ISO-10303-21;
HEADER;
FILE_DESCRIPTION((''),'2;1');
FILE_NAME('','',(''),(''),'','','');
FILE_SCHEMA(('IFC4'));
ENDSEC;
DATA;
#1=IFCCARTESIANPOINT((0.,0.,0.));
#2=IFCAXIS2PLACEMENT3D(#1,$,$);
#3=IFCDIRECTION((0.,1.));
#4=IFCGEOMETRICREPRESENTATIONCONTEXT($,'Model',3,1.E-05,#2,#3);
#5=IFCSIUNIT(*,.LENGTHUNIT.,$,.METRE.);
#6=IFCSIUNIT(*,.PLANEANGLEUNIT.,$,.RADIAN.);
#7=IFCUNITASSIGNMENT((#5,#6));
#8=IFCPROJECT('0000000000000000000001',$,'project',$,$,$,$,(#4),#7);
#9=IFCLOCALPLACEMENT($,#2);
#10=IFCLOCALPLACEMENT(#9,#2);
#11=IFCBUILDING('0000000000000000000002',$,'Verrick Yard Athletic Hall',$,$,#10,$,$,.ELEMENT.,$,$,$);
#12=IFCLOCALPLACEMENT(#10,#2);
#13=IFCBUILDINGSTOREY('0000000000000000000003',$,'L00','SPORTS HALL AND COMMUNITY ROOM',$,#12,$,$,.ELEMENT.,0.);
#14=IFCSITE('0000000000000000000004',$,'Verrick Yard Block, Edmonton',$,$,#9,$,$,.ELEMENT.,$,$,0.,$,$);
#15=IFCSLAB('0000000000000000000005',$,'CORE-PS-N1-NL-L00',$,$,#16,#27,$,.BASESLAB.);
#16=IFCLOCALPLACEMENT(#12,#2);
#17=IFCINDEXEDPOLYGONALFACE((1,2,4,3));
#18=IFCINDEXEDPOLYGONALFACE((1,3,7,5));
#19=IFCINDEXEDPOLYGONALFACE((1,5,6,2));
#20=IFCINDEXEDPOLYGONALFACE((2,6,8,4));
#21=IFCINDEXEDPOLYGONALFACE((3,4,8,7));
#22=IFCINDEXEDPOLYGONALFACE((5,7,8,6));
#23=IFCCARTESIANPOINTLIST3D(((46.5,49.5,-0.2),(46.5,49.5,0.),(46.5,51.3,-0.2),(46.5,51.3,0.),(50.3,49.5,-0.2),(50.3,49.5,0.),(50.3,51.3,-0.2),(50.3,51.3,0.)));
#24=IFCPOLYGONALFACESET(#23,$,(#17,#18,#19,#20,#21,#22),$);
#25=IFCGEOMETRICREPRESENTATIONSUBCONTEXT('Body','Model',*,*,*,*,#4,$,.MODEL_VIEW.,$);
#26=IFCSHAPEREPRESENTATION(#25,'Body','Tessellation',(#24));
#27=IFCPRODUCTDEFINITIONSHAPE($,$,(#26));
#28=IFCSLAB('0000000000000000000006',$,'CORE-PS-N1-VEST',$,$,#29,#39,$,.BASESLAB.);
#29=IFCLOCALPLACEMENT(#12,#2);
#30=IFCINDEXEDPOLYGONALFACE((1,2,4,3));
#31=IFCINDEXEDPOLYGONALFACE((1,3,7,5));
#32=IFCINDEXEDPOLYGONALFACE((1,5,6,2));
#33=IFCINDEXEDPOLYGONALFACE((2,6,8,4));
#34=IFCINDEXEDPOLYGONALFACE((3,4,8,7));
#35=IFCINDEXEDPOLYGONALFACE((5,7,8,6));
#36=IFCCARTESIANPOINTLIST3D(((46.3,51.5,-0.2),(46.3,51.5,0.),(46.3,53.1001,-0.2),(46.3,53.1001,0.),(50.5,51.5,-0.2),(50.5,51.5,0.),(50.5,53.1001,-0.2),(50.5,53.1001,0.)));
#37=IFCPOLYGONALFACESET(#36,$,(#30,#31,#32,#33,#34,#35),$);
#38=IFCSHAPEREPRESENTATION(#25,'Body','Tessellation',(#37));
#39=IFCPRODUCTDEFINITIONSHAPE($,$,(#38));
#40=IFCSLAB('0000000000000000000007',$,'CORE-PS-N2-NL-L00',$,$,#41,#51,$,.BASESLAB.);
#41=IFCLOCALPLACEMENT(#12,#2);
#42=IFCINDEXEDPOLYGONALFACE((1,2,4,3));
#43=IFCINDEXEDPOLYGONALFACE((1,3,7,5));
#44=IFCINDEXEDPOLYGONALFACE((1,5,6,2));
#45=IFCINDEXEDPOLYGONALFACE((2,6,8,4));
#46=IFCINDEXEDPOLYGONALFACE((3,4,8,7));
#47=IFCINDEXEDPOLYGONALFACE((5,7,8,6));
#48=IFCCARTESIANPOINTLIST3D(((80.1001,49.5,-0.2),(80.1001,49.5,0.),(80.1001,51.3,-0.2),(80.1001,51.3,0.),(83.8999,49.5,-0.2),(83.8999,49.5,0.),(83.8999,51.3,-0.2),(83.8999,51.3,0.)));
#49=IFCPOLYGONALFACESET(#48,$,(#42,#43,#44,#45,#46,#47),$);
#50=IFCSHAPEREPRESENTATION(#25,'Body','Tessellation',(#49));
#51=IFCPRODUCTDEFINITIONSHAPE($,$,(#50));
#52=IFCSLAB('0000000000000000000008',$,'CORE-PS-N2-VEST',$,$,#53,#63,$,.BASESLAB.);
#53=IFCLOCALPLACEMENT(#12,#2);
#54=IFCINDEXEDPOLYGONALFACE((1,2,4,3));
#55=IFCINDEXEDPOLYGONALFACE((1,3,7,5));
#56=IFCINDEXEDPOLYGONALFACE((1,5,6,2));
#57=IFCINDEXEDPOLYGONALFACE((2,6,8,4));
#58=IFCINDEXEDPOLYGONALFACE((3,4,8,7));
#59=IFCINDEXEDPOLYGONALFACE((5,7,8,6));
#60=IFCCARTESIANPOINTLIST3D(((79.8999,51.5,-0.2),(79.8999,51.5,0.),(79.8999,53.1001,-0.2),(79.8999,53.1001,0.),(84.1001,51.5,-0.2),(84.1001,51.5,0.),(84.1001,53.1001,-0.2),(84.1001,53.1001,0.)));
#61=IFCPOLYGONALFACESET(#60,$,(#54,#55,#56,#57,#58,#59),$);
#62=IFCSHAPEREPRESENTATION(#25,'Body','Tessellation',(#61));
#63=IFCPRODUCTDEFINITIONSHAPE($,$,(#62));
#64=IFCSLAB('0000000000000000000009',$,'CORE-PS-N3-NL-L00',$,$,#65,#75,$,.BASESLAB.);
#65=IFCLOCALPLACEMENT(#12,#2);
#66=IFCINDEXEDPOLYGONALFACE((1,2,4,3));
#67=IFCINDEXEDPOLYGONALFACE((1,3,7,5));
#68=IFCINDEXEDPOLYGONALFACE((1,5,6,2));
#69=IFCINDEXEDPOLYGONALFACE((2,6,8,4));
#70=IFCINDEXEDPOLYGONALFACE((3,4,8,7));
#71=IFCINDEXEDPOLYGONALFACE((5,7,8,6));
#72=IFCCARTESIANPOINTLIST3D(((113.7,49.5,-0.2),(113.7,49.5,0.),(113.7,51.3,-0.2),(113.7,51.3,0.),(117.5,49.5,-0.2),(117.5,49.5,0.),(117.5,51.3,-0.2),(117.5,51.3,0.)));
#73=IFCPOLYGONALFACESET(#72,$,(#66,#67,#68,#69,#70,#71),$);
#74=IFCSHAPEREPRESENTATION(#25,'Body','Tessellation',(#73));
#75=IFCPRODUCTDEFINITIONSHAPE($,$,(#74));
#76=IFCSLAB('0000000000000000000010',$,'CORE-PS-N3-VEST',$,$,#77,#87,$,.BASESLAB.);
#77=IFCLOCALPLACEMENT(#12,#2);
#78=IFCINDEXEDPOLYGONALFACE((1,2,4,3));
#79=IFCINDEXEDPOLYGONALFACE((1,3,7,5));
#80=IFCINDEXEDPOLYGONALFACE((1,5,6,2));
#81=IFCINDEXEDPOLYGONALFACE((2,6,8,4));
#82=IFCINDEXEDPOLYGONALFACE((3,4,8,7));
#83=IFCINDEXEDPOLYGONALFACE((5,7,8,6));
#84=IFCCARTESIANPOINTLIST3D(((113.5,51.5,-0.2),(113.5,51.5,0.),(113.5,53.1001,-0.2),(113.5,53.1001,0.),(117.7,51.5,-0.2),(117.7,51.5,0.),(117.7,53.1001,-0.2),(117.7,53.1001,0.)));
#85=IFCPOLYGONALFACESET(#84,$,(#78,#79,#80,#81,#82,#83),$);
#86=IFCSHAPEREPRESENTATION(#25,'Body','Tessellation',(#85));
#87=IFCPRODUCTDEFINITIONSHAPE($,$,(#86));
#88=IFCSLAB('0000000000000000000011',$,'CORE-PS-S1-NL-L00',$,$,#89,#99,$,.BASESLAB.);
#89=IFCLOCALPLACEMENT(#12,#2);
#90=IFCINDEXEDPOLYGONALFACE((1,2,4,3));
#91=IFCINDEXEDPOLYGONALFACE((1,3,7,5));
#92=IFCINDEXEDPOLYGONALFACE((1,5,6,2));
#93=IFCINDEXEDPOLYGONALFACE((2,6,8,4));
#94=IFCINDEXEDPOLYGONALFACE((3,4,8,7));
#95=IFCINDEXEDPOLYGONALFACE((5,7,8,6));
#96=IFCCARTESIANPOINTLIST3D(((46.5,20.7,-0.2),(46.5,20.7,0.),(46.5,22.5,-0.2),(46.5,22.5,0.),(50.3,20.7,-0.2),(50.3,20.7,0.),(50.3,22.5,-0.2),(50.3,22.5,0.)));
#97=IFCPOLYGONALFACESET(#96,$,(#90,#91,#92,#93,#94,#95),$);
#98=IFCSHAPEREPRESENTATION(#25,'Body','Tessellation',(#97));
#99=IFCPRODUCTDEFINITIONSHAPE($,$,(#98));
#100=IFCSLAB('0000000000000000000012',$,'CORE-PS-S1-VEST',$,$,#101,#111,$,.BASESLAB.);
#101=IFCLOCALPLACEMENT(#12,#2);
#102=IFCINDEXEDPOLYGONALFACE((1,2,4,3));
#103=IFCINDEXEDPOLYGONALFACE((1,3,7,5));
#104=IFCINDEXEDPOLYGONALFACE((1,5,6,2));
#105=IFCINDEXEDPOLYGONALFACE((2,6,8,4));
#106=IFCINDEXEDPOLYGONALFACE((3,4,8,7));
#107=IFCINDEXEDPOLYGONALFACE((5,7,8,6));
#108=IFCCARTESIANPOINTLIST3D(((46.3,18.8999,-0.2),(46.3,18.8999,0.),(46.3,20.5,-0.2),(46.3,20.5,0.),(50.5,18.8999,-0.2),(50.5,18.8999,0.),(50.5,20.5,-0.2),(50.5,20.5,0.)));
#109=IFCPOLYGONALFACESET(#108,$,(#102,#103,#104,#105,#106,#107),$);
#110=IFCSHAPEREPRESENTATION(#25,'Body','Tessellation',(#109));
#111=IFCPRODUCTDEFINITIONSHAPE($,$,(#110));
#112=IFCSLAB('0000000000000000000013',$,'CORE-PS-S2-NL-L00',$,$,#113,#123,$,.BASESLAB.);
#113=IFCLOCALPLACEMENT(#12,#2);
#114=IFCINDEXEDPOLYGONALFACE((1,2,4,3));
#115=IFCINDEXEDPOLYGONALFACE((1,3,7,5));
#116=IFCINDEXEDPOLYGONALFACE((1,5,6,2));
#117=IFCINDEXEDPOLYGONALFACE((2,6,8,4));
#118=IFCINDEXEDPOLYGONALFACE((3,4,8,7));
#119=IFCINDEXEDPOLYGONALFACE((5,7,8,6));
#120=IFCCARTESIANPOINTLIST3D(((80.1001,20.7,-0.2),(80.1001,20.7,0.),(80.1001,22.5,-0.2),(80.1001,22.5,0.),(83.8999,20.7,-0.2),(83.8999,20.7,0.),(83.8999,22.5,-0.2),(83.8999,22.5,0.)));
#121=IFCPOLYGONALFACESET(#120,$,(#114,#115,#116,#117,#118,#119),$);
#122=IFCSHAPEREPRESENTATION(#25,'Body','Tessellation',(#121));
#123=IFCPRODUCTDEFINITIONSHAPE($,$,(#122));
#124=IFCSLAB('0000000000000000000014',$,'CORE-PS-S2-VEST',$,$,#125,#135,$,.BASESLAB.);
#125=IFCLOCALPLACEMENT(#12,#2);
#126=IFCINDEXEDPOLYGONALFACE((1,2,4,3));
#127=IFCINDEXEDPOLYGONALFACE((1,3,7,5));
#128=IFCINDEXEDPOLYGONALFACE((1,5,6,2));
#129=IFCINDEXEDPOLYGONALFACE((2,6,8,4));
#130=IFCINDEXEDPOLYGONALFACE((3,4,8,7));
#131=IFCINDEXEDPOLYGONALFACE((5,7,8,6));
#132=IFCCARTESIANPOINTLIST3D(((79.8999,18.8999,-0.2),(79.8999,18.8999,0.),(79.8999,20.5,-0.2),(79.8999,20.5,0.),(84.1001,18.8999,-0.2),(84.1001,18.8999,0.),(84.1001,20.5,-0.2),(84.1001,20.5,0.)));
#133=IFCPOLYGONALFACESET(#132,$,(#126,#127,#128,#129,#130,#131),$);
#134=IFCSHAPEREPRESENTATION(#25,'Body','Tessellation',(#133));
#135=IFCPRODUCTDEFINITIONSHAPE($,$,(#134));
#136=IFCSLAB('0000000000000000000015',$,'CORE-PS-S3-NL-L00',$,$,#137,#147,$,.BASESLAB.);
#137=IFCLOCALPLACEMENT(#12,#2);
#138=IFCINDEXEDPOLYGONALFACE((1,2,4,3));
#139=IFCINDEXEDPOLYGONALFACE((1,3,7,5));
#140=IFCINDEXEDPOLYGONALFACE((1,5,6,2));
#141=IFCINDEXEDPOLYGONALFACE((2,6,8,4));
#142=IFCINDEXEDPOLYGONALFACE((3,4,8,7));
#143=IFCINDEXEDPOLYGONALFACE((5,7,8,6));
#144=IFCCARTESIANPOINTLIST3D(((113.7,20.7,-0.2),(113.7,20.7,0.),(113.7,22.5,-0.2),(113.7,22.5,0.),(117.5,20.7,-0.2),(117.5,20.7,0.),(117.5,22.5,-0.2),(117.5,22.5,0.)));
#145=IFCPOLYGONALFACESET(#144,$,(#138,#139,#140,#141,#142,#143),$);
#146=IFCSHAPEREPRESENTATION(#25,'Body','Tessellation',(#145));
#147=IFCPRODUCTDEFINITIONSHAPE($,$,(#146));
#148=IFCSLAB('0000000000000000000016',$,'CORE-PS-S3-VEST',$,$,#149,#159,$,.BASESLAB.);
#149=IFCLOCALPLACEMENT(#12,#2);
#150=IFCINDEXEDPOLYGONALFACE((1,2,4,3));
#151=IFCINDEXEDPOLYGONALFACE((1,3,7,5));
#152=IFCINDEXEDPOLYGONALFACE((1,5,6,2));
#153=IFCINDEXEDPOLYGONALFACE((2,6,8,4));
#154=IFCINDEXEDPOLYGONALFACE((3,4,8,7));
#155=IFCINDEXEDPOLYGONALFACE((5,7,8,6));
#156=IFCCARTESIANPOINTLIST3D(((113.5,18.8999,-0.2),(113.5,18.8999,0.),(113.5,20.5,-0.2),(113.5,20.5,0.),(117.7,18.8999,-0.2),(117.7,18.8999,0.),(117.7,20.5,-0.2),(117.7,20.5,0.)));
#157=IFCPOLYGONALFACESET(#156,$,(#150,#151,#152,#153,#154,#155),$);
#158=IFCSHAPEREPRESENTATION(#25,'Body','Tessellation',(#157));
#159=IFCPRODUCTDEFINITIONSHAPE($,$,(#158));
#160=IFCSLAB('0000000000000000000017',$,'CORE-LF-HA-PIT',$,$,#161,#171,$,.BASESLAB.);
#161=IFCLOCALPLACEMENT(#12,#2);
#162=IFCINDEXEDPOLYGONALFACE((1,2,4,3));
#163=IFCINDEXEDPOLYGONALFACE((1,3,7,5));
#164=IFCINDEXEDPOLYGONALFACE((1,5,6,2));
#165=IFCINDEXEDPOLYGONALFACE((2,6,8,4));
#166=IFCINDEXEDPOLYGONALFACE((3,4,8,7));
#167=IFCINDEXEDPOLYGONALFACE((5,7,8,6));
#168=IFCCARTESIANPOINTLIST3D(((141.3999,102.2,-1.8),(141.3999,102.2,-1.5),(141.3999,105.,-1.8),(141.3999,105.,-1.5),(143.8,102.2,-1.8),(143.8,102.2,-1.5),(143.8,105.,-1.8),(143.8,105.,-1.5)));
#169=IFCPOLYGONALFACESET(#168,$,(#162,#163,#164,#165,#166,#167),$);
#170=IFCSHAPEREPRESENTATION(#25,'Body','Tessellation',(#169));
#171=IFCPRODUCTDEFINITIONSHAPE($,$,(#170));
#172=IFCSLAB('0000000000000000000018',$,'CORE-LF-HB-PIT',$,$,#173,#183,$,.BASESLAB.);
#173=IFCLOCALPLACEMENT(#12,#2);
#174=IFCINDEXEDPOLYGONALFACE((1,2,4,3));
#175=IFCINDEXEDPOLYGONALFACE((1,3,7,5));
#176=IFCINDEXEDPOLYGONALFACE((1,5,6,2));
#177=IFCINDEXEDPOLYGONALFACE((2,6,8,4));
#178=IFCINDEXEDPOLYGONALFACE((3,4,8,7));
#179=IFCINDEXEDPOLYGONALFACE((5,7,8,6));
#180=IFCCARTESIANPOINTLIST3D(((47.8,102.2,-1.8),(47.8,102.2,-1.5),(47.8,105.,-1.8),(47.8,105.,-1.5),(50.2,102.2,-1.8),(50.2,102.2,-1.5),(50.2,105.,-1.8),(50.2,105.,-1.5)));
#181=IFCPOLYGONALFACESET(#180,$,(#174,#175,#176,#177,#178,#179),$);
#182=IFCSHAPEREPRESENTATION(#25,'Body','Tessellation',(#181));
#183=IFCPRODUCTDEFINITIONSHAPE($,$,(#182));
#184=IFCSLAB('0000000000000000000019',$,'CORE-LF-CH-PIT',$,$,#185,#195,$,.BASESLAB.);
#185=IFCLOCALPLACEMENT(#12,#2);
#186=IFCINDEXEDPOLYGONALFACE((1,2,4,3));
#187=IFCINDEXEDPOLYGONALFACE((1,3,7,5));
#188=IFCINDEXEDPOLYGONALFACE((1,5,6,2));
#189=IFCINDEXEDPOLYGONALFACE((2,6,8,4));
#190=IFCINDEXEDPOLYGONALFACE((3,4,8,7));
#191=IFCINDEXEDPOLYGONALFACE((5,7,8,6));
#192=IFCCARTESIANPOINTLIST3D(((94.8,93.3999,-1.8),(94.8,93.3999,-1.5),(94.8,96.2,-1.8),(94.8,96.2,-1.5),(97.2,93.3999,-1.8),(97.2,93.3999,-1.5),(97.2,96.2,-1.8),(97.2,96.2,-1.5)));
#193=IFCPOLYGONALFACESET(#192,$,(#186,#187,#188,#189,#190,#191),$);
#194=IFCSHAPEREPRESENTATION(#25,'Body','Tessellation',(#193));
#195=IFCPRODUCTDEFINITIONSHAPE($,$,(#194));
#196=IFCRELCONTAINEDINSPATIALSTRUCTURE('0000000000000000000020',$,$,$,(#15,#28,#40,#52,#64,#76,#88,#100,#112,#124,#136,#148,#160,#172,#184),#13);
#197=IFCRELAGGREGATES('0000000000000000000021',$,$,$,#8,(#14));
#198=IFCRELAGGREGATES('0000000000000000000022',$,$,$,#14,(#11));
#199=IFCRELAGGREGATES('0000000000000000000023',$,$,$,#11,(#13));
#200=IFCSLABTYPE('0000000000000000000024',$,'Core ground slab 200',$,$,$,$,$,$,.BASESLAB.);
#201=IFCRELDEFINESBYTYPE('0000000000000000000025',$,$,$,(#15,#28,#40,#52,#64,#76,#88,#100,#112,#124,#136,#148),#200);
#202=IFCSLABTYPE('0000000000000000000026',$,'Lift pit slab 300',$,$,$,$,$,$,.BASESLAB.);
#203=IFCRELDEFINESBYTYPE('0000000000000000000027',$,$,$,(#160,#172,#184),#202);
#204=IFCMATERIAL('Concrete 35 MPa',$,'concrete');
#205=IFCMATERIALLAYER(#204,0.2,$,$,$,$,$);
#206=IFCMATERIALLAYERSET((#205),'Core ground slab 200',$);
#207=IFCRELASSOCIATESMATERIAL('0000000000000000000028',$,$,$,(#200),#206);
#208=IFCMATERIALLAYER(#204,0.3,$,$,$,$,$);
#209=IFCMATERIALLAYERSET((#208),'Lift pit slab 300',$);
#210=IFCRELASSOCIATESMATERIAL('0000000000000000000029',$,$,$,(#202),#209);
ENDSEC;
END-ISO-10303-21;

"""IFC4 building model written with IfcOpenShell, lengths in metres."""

from ifc_helpers import new_model, si_unit, direction, frame, origin, place, context, subcontext, project, spatial, polyline, outline, extrude, material, layer, layer_set, type_object, element, save


model = new_model("IFC4")

# Units and contexts
model_context = context("Model", 3, precision=1e-05, world=origin(), true_north=direction((0.0, 1.0)))
body_context = subcontext(model_context, "Body", "Model", "MODEL_VIEW")
ifc_project = project(units=[si_unit("LENGTHUNIT", "METRE"), si_unit("PLANEANGLEUNIT", "RADIAN")], contexts=[model_context])

# Site, building, storey
site_placement = place(None, origin())
site = spatial("IfcSite", under=ifc_project, at=site_placement, Name="Verrick Yard Block, Edmonton", CompositionType="ELEMENT", RefElevation=0.0)
building_placement = place(site_placement, origin())
building = spatial("IfcBuilding", under=site, at=building_placement, Name="Verrick Yard Athletic Hall", CompositionType="ELEMENT")
storey_placement = place(building_placement, origin())
storey = spatial("IfcBuildingStorey", under=building, at=storey_placement, Name="L00", Description="SPORTS HALL AND COMMUNITY ROOM", CompositionType="ELEMENT", Elevation=0.0)

# Slabs
ifc_material = material(Name="Concrete 35 MPa", Category="concrete")
ifc_layer_1 = layer(ifc_material, 0.2)
ifc_layer_set_1 = layer_set([ifc_layer_1], Name="Core ground slab 200")
slab_type_1 = type_object("IfcSlabType", Name="Core ground slab 200", PredefinedType="BASESLAB", material=ifc_layer_set_1)
slab_1_placement = place(storey_placement, frame((0.0, 0.0, -0.2)))
element("IfcSlab", 1, at=slab_1_placement, inside=storey, type_object=slab_type_1, Name="CORE-PS-N1-NL-L00", PredefinedType="BASESLAB", context=body_context, shape_type="SweptSolid", body=[
    extrude(outline(polyline([(46.5, 51.3), (46.5, 49.5), (50.3, 49.5), (50.3, 51.3), (46.5, 51.3)])), origin(), (0.0, 0.0, 1.0), 0.2),
])
slab_2_placement = place(storey_placement, frame((0.0, 0.0, -0.2)))
element("IfcSlab", 2, at=slab_2_placement, inside=storey, type_object=slab_type_1, Name="CORE-PS-N1-VEST", PredefinedType="BASESLAB", context=body_context, shape_type="SweptSolid", body=[
    extrude(outline(polyline([(46.3, 51.5), (50.5, 51.5), (50.5, 53.1001), (46.3, 53.1001), (46.3, 51.5)])), origin(), (0.0, 0.0, 1.0), 0.2),
])
slab_3_placement = place(storey_placement, frame((0.0, 0.0, -0.2)))
element("IfcSlab", 3, at=slab_3_placement, inside=storey, type_object=slab_type_1, Name="CORE-PS-N2-NL-L00", PredefinedType="BASESLAB", context=body_context, shape_type="SweptSolid", body=[
    extrude(outline(polyline([(80.1001, 51.3), (80.1001, 49.5), (83.8999, 49.5), (83.8999, 51.3), (80.1001, 51.3)])), origin(), (0.0, 0.0, 1.0), 0.2),
])
slab_4_placement = place(storey_placement, frame((0.0, 0.0, -0.2)))
element("IfcSlab", 4, at=slab_4_placement, inside=storey, type_object=slab_type_1, Name="CORE-PS-N2-VEST", PredefinedType="BASESLAB", context=body_context, shape_type="SweptSolid", body=[
    extrude(outline(polyline([(79.8999, 51.5), (84.1001, 51.5), (84.1001, 53.1001), (79.8999, 53.1001), (79.8999, 51.5)])), origin(), (0.0, 0.0, 1.0), 0.2),
])
slab_5_placement = place(storey_placement, frame((0.0, 0.0, -0.2)))
element("IfcSlab", 5, at=slab_5_placement, inside=storey, type_object=slab_type_1, Name="CORE-PS-N3-NL-L00", PredefinedType="BASESLAB", context=body_context, shape_type="SweptSolid", body=[
    extrude(outline(polyline([(113.7, 51.3), (113.7, 49.5), (117.5, 49.5), (117.5, 51.3), (113.7, 51.3)])), origin(), (0.0, 0.0, 1.0), 0.2),
])
slab_6_placement = place(storey_placement, frame((0.0, 0.0, -0.2)))
element("IfcSlab", 6, at=slab_6_placement, inside=storey, type_object=slab_type_1, Name="CORE-PS-N3-VEST", PredefinedType="BASESLAB", context=body_context, shape_type="SweptSolid", body=[
    extrude(outline(polyline([(113.5, 51.5), (117.7, 51.5), (117.7, 53.1001), (113.5, 53.1001), (113.5, 51.5)])), origin(), (0.0, 0.0, 1.0), 0.2),
])
slab_7_placement = place(storey_placement, frame((0.0, 0.0, -0.2)))
element("IfcSlab", 7, at=slab_7_placement, inside=storey, type_object=slab_type_1, Name="CORE-PS-S1-NL-L00", PredefinedType="BASESLAB", context=body_context, shape_type="SweptSolid", body=[
    extrude(outline(polyline([(50.3, 20.7), (50.3, 22.5), (46.5, 22.5), (46.5, 20.7), (50.3, 20.7)])), origin(), (0.0, 0.0, 1.0), 0.2),
])
slab_8_placement = place(storey_placement, frame((0.0, 0.0, -0.2)))
element("IfcSlab", 8, at=slab_8_placement, inside=storey, type_object=slab_type_1, Name="CORE-PS-S1-VEST", PredefinedType="BASESLAB", context=body_context, shape_type="SweptSolid", body=[
    extrude(outline(polyline([(46.3, 18.8999), (50.5, 18.8999), (50.5, 20.5), (46.3, 20.5), (46.3, 18.8999)])), origin(), (0.0, 0.0, 1.0), 0.2),
])
slab_9_placement = place(storey_placement, frame((0.0, 0.0, -0.2)))
element("IfcSlab", 9, at=slab_9_placement, inside=storey, type_object=slab_type_1, Name="CORE-PS-S2-NL-L00", PredefinedType="BASESLAB", context=body_context, shape_type="SweptSolid", body=[
    extrude(outline(polyline([(83.8999, 20.7), (83.8999, 22.5), (80.1001, 22.5), (80.1001, 20.7), (83.8999, 20.7)])), origin(), (0.0, 0.0, 1.0), 0.2),
])
slab_10_placement = place(storey_placement, frame((0.0, 0.0, -0.2)))
element("IfcSlab", 10, at=slab_10_placement, inside=storey, type_object=slab_type_1, Name="CORE-PS-S2-VEST", PredefinedType="BASESLAB", context=body_context, shape_type="SweptSolid", body=[
    extrude(outline(polyline([(79.8999, 18.8999), (84.1001, 18.8999), (84.1001, 20.5), (79.8999, 20.5), (79.8999, 18.8999)])), origin(), (0.0, 0.0, 1.0), 0.2),
])
slab_11_placement = place(storey_placement, frame((0.0, 0.0, -0.2)))
element("IfcSlab", 11, at=slab_11_placement, inside=storey, type_object=slab_type_1, Name="CORE-PS-S3-NL-L00", PredefinedType="BASESLAB", context=body_context, shape_type="SweptSolid", body=[
    extrude(outline(polyline([(117.5, 20.7), (117.5, 22.5), (113.7, 22.5), (113.7, 20.7), (117.5, 20.7)])), origin(), (0.0, 0.0, 1.0), 0.2),
])
slab_12_placement = place(storey_placement, frame((0.0, 0.0, -0.2)))
element("IfcSlab", 12, at=slab_12_placement, inside=storey, type_object=slab_type_1, Name="CORE-PS-S3-VEST", PredefinedType="BASESLAB", context=body_context, shape_type="SweptSolid", body=[
    extrude(outline(polyline([(113.5, 18.8999), (117.7, 18.8999), (117.7, 20.5), (113.5, 20.5), (113.5, 18.8999)])), origin(), (0.0, 0.0, 1.0), 0.2),
])
ifc_layer_2 = layer(ifc_material, 0.3)
ifc_layer_set_2 = layer_set([ifc_layer_2], Name="Lift pit slab 300")
slab_type_2 = type_object("IfcSlabType", Name="Lift pit slab 300", PredefinedType="BASESLAB", material=ifc_layer_set_2)
slab_13_placement = place(storey_placement, frame((0.0, 0.0, -1.8)))
element("IfcSlab", 13, at=slab_13_placement, inside=storey, type_object=slab_type_2, Name="CORE-LF-HA-PIT", PredefinedType="BASESLAB", context=body_context, shape_type="SweptSolid", body=[
    extrude(outline(polyline([(141.3999, 102.2), (143.8, 102.2), (143.8, 105.0), (141.3999, 105.0), (141.3999, 102.2)])), origin(), (0.0, 0.0, 1.0), 0.3),
])
slab_14_placement = place(storey_placement, frame((0.0, 0.0, -1.8)))
element("IfcSlab", 14, at=slab_14_placement, inside=storey, type_object=slab_type_2, Name="CORE-LF-HB-PIT", PredefinedType="BASESLAB", context=body_context, shape_type="SweptSolid", body=[
    extrude(outline(polyline([(47.8, 102.2), (50.2, 102.2), (50.2, 105.0), (47.8, 105.0), (47.8, 102.2)])), origin(), (0.0, 0.0, 1.0), 0.3),
])
slab_15_placement = place(storey_placement, frame((0.0, 0.0, -1.8)))
element("IfcSlab", 15, at=slab_15_placement, inside=storey, type_object=slab_type_2, Name="CORE-LF-CH-PIT", PredefinedType="BASESLAB", context=body_context, shape_type="SweptSolid", body=[
    extrude(outline(polyline([(94.8, 93.3999), (97.2, 93.3999), (97.2, 96.2), (94.8, 96.2), (94.8, 93.3999)])), origin(), (0.0, 0.0, 1.0), 0.3),
])

save(model, "model.ifc")
